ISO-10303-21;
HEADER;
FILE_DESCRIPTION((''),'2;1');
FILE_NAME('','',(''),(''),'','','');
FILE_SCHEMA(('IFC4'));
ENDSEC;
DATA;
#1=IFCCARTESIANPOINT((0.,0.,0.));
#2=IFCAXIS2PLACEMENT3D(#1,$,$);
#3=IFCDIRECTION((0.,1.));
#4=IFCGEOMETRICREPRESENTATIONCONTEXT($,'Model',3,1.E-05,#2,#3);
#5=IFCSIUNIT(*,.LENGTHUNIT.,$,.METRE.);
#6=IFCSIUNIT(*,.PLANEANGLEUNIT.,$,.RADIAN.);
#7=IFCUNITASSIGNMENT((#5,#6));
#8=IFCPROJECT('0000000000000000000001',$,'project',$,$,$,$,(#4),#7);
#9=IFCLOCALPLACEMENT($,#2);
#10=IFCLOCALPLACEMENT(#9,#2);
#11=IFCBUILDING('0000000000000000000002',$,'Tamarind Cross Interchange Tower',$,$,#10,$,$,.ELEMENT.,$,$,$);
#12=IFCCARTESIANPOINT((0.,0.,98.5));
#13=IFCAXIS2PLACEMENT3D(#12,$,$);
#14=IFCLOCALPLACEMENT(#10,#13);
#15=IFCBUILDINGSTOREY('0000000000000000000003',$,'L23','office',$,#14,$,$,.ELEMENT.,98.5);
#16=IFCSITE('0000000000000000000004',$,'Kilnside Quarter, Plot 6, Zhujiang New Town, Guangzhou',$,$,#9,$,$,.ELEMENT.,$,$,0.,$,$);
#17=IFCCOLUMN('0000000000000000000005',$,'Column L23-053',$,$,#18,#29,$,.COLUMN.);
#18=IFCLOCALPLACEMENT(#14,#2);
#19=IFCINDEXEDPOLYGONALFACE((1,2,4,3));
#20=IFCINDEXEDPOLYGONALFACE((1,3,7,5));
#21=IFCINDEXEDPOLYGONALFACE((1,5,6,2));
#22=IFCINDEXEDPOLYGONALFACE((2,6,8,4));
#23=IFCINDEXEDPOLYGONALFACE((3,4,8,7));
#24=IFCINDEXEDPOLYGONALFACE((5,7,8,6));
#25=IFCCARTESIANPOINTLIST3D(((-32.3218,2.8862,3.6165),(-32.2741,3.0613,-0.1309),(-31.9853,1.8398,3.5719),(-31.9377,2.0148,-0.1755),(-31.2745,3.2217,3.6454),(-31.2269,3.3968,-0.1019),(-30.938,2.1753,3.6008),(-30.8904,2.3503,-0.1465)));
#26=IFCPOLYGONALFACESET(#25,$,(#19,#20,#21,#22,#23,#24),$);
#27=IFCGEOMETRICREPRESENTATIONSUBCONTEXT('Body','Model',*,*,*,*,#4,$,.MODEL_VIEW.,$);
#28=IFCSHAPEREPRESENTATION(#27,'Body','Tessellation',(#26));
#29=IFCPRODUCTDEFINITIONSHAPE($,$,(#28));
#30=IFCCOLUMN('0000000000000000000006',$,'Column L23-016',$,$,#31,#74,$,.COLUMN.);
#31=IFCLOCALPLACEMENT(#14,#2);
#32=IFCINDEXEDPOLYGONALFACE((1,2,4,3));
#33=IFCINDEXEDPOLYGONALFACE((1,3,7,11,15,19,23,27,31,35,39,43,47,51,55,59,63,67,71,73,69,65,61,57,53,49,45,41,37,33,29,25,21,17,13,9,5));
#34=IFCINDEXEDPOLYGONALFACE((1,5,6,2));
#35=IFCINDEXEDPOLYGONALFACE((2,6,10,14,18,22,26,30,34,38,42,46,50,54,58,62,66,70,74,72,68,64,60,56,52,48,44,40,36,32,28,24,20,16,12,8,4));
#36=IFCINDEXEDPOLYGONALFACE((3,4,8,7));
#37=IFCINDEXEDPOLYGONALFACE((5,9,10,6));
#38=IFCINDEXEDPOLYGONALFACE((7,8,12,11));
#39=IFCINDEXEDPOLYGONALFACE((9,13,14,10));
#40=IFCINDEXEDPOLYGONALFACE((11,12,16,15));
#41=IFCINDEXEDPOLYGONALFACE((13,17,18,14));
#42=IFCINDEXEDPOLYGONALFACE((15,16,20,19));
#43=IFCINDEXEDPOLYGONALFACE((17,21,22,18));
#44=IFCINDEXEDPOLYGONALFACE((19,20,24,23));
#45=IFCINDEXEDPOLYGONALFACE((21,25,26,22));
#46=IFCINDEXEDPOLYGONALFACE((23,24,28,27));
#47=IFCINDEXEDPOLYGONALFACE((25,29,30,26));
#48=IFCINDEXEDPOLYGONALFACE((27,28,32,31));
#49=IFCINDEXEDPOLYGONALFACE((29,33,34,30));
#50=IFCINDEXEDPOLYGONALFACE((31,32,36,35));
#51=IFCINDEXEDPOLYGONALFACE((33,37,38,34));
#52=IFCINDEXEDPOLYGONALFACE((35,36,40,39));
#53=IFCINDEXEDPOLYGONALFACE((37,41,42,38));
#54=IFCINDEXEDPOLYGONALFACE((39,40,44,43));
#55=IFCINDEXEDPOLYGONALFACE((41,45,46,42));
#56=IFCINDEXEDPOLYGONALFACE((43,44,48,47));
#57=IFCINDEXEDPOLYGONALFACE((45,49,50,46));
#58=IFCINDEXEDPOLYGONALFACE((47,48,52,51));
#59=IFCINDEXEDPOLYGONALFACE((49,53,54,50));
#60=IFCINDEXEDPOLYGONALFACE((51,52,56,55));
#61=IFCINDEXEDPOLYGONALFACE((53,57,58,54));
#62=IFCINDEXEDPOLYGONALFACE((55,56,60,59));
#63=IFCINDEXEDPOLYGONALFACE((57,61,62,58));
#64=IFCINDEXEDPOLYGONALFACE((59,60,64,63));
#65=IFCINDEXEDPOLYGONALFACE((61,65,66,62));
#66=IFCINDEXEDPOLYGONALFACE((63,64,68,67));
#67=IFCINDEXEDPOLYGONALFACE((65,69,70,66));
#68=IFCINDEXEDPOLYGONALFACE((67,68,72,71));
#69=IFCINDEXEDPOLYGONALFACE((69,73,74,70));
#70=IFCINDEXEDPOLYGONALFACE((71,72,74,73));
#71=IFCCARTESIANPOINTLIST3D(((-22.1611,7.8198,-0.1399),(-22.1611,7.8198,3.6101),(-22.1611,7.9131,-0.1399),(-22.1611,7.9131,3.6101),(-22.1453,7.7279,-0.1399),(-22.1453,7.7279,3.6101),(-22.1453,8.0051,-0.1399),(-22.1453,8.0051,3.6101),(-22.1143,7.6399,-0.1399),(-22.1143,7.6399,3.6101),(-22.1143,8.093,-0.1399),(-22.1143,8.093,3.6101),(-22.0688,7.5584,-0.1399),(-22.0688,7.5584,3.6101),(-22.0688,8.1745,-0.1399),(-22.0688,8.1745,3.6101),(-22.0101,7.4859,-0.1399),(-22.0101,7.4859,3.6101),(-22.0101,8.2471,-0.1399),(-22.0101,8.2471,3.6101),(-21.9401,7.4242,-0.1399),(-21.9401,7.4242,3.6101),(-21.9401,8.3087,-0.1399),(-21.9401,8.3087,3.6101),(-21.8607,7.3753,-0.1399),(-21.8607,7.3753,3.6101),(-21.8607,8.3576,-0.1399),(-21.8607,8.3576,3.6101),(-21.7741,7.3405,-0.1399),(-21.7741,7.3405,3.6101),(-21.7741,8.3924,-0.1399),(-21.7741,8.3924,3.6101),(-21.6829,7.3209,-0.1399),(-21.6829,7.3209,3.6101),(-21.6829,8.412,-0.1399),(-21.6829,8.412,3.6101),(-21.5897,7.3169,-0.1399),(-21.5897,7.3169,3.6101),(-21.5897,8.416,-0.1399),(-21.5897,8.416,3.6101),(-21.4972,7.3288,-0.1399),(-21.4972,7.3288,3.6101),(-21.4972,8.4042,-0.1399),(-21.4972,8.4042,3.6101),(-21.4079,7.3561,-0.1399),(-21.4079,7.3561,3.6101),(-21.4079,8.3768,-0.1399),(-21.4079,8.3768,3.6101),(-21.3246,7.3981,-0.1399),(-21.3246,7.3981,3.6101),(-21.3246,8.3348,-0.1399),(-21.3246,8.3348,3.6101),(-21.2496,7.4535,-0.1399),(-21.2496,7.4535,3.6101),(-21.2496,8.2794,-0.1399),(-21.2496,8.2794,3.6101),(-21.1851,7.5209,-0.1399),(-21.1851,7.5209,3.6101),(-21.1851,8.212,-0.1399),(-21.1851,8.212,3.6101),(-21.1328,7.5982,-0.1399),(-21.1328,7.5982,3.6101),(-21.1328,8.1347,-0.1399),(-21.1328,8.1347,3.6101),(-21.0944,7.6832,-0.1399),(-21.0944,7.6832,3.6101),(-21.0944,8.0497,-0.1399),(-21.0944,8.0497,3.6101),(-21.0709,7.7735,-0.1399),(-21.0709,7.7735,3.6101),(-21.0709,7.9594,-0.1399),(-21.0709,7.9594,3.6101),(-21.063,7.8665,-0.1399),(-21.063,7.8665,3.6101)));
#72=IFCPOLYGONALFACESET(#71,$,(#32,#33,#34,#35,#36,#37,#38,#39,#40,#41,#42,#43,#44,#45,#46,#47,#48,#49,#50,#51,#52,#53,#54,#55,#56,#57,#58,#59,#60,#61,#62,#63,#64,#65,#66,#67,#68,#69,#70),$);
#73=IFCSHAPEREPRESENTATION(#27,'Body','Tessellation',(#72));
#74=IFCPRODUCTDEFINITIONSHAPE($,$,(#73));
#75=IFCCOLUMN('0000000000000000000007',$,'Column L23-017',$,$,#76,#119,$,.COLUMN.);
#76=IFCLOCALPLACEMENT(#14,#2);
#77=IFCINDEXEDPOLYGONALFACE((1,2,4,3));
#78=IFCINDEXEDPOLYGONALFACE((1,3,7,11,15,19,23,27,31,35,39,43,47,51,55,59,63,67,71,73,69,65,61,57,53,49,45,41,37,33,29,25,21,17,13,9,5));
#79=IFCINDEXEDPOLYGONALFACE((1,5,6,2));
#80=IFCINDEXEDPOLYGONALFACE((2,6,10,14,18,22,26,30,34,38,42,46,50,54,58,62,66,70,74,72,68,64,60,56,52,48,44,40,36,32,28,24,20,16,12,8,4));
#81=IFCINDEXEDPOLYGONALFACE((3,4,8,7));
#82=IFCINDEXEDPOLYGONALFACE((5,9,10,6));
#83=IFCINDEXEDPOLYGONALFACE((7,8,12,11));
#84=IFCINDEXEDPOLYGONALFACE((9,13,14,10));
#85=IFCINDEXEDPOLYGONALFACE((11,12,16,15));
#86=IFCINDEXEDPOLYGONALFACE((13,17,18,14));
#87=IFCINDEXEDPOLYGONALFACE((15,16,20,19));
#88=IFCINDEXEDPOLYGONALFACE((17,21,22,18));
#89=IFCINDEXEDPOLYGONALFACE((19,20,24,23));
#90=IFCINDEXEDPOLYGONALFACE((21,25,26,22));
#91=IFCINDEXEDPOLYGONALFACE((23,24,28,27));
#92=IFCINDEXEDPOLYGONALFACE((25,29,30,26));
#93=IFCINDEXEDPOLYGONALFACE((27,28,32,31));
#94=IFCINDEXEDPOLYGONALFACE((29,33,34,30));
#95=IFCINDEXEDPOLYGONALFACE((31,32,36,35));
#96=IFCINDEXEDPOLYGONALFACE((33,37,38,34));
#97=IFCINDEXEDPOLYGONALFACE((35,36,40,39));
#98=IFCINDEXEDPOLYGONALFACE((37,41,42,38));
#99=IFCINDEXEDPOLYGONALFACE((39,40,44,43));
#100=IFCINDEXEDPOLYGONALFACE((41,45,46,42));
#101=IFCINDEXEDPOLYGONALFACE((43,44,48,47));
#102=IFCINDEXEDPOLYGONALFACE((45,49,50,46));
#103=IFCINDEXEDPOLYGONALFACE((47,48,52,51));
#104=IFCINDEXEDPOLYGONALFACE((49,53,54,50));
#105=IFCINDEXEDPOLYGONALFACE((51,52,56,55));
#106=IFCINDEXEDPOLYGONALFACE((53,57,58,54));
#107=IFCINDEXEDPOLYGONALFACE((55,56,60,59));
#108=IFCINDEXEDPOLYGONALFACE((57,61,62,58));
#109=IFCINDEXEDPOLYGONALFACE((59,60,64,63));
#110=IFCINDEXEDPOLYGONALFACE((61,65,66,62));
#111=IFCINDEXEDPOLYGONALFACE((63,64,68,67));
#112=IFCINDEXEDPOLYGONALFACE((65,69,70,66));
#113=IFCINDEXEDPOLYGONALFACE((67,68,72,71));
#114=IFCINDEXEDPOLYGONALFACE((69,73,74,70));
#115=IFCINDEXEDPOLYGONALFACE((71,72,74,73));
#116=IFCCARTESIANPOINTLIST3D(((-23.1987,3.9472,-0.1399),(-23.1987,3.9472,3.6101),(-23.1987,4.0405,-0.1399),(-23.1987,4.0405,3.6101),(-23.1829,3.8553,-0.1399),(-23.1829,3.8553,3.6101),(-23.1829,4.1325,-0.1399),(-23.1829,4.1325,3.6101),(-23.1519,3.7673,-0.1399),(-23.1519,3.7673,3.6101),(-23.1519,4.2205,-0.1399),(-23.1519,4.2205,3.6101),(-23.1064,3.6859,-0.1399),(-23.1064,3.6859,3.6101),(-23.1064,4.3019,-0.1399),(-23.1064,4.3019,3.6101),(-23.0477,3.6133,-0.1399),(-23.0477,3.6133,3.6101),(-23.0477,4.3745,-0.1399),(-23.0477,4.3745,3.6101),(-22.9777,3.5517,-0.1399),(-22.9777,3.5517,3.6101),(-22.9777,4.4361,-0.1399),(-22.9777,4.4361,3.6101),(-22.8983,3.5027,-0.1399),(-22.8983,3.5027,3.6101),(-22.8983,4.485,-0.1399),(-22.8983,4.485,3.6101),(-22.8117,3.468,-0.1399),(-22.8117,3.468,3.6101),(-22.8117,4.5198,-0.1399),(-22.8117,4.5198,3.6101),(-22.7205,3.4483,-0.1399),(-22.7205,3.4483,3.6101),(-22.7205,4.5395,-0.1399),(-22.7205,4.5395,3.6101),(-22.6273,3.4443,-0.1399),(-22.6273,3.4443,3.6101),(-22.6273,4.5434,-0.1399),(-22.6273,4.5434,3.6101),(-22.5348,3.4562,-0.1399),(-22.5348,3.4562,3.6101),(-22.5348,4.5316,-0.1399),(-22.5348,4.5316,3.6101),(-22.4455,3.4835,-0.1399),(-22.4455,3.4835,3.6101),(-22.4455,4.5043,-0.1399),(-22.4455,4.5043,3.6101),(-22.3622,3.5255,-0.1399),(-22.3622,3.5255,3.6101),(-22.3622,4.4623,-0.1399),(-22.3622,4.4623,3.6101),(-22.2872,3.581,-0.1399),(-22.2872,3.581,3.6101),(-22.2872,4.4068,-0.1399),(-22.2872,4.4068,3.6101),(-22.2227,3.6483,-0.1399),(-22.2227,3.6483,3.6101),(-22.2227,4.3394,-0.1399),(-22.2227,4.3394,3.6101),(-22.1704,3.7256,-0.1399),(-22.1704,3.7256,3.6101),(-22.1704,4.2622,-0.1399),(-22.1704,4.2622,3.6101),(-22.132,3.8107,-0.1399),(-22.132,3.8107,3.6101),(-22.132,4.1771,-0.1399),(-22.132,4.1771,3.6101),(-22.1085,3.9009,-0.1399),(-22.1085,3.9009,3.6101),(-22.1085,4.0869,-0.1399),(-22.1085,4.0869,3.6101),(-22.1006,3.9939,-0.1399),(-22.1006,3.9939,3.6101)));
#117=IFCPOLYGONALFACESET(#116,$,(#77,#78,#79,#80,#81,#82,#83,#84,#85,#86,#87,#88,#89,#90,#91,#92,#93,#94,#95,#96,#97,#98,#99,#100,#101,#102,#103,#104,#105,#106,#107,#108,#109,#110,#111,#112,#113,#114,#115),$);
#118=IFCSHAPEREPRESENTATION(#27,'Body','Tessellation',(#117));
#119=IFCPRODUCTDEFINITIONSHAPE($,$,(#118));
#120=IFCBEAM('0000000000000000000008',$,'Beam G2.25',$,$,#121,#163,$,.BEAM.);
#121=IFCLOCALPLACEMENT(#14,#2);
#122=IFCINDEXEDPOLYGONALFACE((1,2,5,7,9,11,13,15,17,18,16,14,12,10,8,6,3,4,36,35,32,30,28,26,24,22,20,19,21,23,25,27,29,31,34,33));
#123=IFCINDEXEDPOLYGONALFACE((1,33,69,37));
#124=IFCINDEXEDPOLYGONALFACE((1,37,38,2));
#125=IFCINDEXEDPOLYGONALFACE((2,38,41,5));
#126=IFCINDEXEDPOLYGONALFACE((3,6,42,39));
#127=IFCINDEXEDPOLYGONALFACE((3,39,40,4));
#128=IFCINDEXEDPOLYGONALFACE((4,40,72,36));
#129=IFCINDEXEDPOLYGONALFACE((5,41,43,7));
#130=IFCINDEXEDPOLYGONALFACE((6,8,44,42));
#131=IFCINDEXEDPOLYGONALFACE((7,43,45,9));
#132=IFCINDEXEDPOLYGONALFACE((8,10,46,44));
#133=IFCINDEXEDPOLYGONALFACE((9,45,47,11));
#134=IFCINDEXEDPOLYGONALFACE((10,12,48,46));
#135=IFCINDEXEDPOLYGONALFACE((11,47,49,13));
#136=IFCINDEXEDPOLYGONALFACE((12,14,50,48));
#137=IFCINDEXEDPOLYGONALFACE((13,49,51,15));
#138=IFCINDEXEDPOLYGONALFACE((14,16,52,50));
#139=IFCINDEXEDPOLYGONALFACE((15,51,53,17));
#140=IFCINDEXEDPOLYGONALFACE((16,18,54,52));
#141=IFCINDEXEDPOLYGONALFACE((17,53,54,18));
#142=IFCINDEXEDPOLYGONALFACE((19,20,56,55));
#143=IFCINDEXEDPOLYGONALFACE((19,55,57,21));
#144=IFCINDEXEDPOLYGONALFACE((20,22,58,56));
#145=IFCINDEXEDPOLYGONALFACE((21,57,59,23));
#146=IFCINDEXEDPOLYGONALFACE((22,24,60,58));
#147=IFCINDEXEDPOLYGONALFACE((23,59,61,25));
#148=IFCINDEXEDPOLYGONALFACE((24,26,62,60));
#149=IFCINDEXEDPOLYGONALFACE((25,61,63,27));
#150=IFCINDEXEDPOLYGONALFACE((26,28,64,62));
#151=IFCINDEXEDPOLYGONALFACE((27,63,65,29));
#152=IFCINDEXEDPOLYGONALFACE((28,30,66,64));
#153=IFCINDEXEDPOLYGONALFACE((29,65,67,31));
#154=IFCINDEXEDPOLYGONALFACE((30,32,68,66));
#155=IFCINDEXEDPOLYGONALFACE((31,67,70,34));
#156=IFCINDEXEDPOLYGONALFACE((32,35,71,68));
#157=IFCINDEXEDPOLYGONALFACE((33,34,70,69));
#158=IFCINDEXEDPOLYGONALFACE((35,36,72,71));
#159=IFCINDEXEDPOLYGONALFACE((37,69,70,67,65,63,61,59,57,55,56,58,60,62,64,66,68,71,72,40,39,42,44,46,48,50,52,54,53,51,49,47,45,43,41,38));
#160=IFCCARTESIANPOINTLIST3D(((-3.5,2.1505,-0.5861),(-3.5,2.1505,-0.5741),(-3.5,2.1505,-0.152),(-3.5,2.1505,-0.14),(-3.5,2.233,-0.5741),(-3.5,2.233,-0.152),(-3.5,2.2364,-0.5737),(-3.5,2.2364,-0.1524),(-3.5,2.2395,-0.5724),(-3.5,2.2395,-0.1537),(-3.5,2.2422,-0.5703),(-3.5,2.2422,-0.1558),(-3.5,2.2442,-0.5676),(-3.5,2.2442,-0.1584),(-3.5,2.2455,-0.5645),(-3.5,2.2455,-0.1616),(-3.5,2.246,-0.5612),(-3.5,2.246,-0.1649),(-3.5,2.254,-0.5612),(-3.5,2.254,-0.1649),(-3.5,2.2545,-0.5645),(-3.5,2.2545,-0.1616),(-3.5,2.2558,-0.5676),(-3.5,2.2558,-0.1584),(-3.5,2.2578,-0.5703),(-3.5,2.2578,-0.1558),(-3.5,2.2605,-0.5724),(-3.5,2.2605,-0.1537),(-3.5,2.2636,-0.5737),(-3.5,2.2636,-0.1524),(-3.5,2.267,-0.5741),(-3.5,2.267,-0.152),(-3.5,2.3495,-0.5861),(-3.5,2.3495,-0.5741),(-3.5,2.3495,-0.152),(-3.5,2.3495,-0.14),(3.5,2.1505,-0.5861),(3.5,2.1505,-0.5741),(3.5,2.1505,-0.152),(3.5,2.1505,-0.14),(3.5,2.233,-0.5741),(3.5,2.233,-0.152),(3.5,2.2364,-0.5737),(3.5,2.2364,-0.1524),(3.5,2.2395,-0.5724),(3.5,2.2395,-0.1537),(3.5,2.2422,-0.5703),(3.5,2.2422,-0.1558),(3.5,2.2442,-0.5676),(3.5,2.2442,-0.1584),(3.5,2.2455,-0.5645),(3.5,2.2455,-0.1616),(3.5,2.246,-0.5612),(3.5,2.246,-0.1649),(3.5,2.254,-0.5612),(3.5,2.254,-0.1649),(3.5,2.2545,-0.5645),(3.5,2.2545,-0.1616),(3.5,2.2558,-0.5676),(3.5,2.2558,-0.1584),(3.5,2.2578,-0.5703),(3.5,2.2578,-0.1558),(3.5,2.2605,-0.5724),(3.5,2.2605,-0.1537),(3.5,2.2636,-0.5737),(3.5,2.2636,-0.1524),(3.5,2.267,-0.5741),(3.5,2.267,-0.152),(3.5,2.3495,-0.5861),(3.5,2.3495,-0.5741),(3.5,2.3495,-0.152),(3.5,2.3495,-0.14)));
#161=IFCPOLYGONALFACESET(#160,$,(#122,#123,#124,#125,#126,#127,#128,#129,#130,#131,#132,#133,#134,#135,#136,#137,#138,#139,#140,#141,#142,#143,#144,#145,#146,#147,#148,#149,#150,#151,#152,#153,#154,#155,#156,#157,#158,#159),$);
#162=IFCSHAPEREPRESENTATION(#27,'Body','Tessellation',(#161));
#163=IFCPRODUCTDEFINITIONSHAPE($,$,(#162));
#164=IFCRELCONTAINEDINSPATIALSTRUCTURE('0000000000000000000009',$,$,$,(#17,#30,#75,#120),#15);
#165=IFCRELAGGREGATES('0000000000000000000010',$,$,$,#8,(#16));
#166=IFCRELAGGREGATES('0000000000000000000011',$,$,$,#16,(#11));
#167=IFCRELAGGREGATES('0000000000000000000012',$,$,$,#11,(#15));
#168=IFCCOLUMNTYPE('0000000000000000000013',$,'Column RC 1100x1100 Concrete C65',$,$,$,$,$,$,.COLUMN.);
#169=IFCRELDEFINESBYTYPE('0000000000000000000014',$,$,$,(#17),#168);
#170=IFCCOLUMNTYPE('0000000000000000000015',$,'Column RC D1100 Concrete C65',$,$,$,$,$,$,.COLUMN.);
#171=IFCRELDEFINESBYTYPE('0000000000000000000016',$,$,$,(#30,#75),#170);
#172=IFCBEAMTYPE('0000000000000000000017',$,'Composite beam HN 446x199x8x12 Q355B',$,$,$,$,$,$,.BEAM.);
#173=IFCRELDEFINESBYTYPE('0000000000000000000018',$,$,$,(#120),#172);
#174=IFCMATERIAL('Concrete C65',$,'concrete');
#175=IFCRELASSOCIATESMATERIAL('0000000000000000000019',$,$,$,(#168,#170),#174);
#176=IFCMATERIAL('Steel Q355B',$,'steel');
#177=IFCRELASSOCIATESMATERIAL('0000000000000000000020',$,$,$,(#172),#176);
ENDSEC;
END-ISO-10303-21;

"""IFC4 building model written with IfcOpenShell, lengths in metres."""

from ifc_helpers import new_model, si_unit, direction, frame, origin, origin_2d, place, context, subcontext, project, spatial, rectangle, circle, i_section, extrude, material, material_profile, profile_set, type_object, element, save


model = new_model("IFC4")

# Units and contexts
model_context = context("Model", 3, precision=1e-05, world=origin(), true_north=direction((0.0, 1.0)))
body_context = subcontext(model_context, "Body", "Model", "MODEL_VIEW")
ifc_project = project(units=[si_unit("LENGTHUNIT", "METRE"), si_unit("PLANEANGLEUNIT", "RADIAN")], contexts=[model_context])

# Site, building, storey
site_placement = place(None, origin())
site = spatial("IfcSite", under=ifc_project, at=site_placement, Name="Kilnside Quarter, Plot 6, Zhujiang New Town, Guangzhou", CompositionType="ELEMENT", RefElevation=0.0)
building_placement = place(site_placement, origin())
building = spatial("IfcBuilding", under=site, at=building_placement, Name="Tamarind Cross Interchange Tower", CompositionType="ELEMENT")
storey_placement = place(building_placement, frame((0.0, 0.0, 98.5)))
storey = spatial("IfcBuildingStorey", under=building, at=storey_placement, Name="L23", Description="office", CompositionType="ELEMENT", Elevation=98.5)

# Columns
ifc_material_1 = material(Name="Concrete C65", Category="concrete")
ifc_material_profile_1 = material_profile(ifc_material_1, rectangle(XDim=1.1001, YDim=1.1001, at=origin_2d()), Name="RC 1100x1100")
ifc_profile_set_1 = profile_set([ifc_material_profile_1], Name="Concrete C65")
column_type_1 = type_object("IfcColumnType", Name="Column RC 1100x1100 Concrete C65", PredefinedType="COLUMN", material=ifc_profile_set_1)
column_placement = place(storey_placement, frame((-31.5823, 2.7058, -0.1387), z_axis=(-0.01269, -0.046659, 0.99883), x_axis=(0.951997, 0.304973, 0.026341)))
element("IfcColumn", 1, at=column_placement, inside=storey, type_object=column_type_1, Name="Column L23-053", PredefinedType="COLUMN", context=body_context, shape_type="SweptSolid", body=[
    extrude(rectangle(XDim=1.1001, YDim=1.1001, at=origin_2d()), origin(), (0.0, 0.0, 1.0), 3.7517),
])
ifc_material_profile_2 = material_profile(ifc_material_1, circle(Radius=0.55, at=origin_2d()), Name="RC D1100")
ifc_profile_set_2 = profile_set([ifc_material_profile_2], Name="Concrete C65")
column_type_2 = type_object("IfcColumnType", Name="Column RC D1100 Concrete C65", PredefinedType="COLUMN", material=ifc_profile_set_2)
for number, where, z_axis, x_axis, name in (
    (2, (-21.613, 7.8665, -0.1399), (0.0, 0.0, 1.0), (1.0, 0.0, 0.0), "Column L23-016"),
    (3, (-22.6506, 3.9939, -0.1399), (0.0, 0.0, 1.0), (1.0, 0.0, 0.0), "Column L23-017"),
):
    element("IfcColumn", number, at=place(storey_placement, frame(where, z_axis=z_axis, x_axis=x_axis)), inside=storey, type_object=column_type_2, Name=name, PredefinedType="COLUMN", context=body_context, shape_type="SweptSolid", body=[
        extrude(circle(Radius=0.55, at=origin_2d()), origin(), (0.0, 0.0, 1.0), 3.75),
    ])

# Beam
ifc_material_2 = material(Name="Steel Q355B", Category="steel")
ifc_material_profile_3 = material_profile(ifc_material_2, i_section(OverallWidth=0.199, OverallDepth=0.446, WebThickness=0.0081, FlangeThickness=0.012, FilletRadius=0.0129, at=origin_2d()), Name="HN 446x199x8x12")
ifc_profile_set_3 = profile_set([ifc_material_profile_3], Name="Steel Q355B")
beam_type_1 = type_object("IfcBeamType", Name="Composite beam HN 446x199x8x12 Q355B", PredefinedType="BEAM", material=ifc_profile_set_3)
for number, where, z_axis, x_axis, name in (
    (4, (-3.5, 2.25, -0.363), (1.0, 0.0, 0.0), (0.0, 1.0, 0.0), "Beam G2.25"),
):
    element("IfcBeam", number, at=place(storey_placement, frame(where, z_axis=z_axis, x_axis=x_axis)), inside=storey, type_object=beam_type_1, Name=name, PredefinedType="BEAM", context=body_context, shape_type="SweptSolid", body=[
        extrude(i_section(OverallWidth=0.199, OverallDepth=0.446, WebThickness=0.0081, FlangeThickness=0.012, FilletRadius=0.0129, at=origin_2d()), origin(), (0.0, 0.0, 1.0), 7.0),
    ])

save(model, "model.ifc")
